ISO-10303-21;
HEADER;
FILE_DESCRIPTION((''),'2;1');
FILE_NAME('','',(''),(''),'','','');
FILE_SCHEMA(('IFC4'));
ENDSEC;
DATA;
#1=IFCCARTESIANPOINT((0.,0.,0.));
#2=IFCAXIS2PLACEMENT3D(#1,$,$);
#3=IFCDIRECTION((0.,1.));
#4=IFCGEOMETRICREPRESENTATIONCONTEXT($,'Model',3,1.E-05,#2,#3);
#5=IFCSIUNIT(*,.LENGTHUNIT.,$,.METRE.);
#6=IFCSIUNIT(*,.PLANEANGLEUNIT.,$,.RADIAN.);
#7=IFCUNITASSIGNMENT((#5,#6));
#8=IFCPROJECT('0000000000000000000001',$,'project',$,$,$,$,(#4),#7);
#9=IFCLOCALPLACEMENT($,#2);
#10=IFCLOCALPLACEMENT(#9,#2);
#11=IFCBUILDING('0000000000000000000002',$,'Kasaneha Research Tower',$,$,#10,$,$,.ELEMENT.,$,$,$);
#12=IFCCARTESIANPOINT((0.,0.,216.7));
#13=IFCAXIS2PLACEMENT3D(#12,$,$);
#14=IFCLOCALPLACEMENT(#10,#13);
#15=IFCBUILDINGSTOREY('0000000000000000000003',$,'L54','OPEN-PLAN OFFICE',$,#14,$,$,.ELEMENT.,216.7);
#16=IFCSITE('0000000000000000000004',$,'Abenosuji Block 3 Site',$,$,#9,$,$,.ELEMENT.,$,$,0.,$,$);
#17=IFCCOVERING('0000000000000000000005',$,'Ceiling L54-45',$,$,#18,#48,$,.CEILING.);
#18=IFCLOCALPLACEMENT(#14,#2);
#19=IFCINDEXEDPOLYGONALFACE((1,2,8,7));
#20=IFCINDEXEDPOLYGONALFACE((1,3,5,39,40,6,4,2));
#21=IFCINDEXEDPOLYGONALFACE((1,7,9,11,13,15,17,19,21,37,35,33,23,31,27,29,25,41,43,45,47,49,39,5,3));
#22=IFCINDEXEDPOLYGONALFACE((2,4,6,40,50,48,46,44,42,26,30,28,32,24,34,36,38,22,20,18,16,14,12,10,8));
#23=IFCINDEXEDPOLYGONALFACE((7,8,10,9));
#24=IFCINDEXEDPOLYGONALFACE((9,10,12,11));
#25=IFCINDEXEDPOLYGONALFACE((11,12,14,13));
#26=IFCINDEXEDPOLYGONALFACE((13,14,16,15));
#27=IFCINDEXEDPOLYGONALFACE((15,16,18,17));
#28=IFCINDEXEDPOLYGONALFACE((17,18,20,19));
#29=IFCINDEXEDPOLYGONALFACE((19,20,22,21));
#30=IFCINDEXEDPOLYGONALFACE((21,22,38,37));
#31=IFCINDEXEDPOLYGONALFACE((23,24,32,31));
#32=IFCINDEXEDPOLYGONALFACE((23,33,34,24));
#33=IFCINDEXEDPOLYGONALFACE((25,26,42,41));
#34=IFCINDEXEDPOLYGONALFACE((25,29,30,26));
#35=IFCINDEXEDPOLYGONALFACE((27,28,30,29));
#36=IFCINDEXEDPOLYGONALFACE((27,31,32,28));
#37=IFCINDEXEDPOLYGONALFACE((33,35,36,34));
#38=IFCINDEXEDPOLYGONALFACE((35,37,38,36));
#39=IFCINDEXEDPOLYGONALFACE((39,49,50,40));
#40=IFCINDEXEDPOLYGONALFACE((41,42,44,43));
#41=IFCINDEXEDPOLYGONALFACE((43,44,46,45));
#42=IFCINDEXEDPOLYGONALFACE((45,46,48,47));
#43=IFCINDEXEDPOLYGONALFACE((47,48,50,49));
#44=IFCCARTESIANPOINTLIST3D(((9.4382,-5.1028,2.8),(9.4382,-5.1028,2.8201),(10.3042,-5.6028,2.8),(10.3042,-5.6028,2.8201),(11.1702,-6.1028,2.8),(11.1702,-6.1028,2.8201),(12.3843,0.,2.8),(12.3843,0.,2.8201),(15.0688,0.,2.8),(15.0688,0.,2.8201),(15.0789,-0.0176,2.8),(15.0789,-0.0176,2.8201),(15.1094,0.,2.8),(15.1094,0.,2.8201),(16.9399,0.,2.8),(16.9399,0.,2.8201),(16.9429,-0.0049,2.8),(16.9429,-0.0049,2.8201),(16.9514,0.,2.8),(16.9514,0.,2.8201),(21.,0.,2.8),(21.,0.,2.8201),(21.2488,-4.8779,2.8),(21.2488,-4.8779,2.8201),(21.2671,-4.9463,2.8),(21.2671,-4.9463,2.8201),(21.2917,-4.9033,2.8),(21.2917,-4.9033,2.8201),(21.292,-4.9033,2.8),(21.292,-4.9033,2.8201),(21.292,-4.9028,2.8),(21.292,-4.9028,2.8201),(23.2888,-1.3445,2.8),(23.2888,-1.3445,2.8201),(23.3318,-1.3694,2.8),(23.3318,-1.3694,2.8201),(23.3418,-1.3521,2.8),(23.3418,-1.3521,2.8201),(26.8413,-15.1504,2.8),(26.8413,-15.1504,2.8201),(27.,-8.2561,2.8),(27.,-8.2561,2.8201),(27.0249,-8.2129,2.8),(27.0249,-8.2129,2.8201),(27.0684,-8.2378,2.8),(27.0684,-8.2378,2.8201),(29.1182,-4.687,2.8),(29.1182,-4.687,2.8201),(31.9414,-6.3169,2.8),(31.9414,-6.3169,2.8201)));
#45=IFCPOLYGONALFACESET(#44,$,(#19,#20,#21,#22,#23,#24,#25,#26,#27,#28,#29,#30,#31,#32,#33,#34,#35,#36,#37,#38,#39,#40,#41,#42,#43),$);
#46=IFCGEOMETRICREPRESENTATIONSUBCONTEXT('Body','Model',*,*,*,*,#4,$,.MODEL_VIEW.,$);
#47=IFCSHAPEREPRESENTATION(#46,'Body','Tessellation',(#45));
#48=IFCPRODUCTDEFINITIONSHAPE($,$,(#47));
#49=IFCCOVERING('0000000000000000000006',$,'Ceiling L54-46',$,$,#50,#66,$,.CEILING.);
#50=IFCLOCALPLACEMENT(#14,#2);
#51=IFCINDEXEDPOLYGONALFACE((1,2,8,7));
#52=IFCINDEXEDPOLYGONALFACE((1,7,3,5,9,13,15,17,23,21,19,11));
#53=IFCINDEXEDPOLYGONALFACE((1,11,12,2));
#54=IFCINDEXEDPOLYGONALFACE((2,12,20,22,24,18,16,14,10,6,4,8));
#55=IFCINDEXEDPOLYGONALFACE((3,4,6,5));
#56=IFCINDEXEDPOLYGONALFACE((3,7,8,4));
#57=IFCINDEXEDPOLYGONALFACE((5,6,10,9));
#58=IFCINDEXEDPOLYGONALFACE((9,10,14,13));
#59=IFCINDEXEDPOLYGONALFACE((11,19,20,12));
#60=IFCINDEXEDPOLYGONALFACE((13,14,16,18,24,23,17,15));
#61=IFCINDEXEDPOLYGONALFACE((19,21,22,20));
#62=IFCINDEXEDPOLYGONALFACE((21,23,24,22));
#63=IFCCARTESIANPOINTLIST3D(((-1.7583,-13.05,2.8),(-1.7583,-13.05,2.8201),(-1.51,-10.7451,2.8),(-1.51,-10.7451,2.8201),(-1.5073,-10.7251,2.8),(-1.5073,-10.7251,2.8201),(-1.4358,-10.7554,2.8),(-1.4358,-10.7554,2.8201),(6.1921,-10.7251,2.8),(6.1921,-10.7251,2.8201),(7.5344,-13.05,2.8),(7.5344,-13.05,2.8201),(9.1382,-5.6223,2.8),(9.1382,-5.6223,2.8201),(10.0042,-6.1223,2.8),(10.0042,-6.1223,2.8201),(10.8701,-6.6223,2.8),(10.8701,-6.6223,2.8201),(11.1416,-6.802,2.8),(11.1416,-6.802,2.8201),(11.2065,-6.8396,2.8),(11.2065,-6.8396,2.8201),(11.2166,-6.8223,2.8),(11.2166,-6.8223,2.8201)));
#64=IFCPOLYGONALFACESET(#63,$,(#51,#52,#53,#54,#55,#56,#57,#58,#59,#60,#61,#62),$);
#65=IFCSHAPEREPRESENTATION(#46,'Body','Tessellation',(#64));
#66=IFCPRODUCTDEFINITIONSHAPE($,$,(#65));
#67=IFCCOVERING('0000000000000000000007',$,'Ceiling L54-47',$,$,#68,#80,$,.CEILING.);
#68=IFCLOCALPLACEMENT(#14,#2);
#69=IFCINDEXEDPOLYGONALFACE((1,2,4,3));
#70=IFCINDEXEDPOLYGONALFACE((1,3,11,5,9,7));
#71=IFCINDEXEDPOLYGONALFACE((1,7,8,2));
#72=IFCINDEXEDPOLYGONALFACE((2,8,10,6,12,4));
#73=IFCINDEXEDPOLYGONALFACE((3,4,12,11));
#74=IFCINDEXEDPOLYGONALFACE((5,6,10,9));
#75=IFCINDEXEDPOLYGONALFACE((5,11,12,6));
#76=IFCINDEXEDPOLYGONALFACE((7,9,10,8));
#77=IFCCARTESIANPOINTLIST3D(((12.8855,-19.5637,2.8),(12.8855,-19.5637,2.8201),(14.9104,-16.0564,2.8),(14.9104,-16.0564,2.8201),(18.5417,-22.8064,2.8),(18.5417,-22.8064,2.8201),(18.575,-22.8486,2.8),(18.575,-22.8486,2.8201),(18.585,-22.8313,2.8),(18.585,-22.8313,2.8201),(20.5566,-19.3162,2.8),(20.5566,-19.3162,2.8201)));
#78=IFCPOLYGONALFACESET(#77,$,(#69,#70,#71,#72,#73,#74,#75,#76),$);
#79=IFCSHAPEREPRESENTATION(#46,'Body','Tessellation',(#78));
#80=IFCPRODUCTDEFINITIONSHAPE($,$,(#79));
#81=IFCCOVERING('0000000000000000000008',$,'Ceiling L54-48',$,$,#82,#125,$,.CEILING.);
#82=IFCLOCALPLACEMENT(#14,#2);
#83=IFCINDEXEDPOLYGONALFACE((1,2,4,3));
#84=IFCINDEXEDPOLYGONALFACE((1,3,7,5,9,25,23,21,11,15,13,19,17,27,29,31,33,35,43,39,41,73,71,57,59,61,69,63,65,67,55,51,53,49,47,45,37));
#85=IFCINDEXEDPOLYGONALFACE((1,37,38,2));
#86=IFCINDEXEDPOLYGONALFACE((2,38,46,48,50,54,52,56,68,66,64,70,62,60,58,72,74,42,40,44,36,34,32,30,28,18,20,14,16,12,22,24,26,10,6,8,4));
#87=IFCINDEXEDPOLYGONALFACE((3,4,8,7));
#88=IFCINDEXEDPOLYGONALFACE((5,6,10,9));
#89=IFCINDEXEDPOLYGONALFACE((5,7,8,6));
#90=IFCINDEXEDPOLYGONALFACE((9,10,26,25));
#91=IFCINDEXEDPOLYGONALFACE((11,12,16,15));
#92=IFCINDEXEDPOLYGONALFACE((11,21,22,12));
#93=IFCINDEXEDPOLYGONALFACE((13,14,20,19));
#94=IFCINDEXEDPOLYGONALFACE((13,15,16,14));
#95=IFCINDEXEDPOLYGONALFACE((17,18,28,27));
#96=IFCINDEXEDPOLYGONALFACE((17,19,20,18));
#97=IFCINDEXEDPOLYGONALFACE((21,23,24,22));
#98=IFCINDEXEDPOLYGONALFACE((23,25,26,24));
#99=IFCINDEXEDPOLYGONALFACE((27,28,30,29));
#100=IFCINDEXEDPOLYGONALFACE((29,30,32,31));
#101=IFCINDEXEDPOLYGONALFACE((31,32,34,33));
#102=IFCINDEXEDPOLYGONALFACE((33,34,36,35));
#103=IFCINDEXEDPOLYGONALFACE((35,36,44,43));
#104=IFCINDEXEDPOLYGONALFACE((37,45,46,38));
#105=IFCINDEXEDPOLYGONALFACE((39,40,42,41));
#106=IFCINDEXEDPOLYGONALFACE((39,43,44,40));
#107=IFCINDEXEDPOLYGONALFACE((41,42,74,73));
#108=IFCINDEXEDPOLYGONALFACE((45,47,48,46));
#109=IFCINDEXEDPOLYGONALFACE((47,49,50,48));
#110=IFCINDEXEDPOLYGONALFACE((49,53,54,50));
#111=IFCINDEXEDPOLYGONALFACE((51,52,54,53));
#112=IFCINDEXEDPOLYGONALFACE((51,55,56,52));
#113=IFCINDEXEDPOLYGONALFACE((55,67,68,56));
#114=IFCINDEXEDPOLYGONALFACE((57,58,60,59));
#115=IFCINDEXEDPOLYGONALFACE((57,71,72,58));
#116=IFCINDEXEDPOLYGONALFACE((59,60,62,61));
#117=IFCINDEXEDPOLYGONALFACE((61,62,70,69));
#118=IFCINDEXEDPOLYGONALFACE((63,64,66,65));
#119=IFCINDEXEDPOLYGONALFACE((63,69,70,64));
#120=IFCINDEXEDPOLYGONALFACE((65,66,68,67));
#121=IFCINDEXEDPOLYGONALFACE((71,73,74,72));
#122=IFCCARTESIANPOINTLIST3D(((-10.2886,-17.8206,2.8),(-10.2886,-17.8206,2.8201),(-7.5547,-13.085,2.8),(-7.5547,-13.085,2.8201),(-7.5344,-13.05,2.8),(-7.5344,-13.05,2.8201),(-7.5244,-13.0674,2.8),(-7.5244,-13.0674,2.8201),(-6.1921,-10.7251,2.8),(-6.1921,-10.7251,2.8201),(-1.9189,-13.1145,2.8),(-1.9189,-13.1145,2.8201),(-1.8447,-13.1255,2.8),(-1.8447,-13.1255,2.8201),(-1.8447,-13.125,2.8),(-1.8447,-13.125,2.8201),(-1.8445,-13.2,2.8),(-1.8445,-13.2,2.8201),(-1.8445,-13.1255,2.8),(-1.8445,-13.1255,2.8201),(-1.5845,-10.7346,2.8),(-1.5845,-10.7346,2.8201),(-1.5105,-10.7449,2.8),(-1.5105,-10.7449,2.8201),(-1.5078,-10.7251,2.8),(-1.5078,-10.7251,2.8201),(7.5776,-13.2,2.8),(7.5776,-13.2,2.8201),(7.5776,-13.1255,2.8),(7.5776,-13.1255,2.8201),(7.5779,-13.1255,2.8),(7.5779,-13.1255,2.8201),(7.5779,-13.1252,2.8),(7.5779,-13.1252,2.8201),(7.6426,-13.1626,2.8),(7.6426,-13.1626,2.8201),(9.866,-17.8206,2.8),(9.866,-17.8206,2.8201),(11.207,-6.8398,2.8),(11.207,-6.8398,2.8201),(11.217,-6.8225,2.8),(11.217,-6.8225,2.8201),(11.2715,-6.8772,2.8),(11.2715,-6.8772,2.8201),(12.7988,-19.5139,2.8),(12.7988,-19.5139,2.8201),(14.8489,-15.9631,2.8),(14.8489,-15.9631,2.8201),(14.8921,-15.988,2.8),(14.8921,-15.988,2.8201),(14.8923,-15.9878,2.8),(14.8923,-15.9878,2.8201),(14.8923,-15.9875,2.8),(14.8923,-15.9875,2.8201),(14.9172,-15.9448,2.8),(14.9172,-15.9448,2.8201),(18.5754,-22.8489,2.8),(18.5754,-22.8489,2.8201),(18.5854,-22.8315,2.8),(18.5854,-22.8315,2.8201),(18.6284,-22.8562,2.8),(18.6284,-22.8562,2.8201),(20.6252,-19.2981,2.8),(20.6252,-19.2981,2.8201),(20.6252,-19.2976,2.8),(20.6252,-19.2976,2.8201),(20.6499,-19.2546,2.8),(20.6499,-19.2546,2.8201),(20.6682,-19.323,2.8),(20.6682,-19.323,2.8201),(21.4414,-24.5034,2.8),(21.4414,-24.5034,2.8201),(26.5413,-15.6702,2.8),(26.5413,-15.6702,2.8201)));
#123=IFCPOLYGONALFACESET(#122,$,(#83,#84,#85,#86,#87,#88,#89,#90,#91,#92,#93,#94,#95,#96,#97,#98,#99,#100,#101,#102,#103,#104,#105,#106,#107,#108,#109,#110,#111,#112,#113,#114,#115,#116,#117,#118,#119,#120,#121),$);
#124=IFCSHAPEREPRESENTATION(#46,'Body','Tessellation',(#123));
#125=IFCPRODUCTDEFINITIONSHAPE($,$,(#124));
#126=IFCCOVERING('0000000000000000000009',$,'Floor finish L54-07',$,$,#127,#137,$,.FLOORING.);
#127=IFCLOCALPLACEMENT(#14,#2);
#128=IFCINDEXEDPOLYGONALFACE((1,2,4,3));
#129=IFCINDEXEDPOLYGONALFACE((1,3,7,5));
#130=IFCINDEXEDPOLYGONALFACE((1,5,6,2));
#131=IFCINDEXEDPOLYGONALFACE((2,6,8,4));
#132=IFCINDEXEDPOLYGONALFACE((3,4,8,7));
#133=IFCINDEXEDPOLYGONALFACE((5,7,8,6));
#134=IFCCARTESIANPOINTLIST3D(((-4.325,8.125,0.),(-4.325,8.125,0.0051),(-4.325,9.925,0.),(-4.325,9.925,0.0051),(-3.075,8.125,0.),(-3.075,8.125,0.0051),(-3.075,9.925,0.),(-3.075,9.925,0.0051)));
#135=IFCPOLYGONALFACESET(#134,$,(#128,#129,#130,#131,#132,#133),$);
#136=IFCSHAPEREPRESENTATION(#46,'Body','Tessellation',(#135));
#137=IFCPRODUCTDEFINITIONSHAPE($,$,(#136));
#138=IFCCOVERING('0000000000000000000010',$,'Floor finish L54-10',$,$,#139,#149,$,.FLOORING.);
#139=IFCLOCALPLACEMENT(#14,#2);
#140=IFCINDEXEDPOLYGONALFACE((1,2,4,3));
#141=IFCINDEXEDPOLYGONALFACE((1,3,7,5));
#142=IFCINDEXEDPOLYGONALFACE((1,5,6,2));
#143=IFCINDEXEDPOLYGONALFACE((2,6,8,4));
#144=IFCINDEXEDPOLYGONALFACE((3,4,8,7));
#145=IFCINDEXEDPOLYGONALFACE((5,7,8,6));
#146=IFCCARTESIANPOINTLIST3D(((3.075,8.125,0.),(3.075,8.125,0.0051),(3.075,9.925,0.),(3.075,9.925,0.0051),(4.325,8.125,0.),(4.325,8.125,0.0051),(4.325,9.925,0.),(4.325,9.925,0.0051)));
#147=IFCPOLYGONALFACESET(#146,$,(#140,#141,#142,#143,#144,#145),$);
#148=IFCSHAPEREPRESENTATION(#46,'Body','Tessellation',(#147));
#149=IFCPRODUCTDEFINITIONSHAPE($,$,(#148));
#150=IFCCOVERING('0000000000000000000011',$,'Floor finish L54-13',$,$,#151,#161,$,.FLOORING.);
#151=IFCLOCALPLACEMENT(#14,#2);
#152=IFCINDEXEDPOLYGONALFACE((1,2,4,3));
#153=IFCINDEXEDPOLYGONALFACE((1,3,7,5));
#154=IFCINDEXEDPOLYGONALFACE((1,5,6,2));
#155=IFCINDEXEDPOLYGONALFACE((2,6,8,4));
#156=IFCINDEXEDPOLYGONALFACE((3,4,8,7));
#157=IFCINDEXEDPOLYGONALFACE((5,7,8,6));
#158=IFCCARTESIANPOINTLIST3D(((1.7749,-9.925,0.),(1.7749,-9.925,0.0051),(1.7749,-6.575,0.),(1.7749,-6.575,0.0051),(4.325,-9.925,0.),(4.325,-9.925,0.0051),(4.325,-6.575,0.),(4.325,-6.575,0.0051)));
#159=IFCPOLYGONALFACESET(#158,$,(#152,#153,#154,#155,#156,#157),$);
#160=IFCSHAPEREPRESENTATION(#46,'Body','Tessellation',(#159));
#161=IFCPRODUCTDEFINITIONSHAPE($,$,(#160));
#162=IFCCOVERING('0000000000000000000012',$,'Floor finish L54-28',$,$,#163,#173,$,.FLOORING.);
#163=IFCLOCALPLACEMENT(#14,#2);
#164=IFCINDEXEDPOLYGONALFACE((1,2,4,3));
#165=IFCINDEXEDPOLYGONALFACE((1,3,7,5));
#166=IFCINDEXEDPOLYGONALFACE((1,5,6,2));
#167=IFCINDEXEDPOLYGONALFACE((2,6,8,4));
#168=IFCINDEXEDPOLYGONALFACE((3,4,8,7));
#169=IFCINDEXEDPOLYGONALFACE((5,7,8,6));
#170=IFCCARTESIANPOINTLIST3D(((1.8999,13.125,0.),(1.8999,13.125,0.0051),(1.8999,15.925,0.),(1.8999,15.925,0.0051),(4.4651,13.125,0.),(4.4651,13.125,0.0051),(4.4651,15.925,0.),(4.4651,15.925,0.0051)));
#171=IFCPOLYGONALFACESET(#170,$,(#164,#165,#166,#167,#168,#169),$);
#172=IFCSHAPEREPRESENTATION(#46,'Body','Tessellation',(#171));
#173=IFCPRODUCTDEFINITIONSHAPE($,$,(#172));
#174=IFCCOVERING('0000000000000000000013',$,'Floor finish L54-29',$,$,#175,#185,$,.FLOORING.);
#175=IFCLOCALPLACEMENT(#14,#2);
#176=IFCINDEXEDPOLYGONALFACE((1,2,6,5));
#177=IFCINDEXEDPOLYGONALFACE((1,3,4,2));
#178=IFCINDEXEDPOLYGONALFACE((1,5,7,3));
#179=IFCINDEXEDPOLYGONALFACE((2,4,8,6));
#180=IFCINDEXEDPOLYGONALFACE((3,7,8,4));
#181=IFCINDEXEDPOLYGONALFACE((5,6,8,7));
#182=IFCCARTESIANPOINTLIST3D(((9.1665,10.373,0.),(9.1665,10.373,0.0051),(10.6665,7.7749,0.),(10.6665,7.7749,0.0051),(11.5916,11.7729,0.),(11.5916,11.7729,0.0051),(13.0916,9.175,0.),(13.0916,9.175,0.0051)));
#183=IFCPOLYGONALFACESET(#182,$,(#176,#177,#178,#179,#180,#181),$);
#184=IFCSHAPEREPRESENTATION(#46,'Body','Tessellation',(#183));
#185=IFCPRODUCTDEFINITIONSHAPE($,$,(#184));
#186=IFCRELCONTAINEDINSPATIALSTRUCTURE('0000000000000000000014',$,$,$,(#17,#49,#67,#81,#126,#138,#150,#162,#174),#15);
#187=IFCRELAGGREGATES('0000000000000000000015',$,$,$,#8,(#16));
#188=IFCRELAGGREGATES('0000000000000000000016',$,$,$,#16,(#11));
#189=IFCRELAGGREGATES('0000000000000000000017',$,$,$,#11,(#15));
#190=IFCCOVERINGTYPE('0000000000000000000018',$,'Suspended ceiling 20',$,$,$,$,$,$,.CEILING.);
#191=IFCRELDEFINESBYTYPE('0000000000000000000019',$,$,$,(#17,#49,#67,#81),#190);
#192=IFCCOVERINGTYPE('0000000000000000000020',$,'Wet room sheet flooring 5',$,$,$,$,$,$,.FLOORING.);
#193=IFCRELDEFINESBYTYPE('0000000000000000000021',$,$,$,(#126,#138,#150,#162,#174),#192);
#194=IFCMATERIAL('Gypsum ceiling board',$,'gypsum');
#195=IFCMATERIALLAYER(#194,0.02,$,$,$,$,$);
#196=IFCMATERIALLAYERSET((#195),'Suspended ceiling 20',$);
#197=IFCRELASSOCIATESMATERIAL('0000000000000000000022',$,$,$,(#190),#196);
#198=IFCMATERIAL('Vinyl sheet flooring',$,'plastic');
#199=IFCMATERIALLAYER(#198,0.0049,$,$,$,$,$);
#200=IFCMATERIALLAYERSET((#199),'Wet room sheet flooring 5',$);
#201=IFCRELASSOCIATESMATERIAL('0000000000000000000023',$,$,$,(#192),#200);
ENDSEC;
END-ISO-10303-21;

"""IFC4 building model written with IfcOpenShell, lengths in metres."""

from ifc_helpers import new_model, si_unit, direction, frame, origin, place, context, subcontext, project, spatial, polyline, outline, extrude, material, layer, layer_set, type_object, element, save


model = new_model("IFC4")

# Units and contexts
model_context = context("Model", 3, precision=1e-05, world=origin(), true_north=direction((0.0, 1.0)))
body_context = subcontext(model_context, "Body", "Model", "MODEL_VIEW")
ifc_project = project(units=[si_unit("LENGTHUNIT", "METRE"), si_unit("PLANEANGLEUNIT", "RADIAN")], contexts=[model_context])

# Site, building, storey
site_placement = place(None, origin())
site = spatial("IfcSite", under=ifc_project, at=site_placement, Name="Abenosuji Block 3 Site", CompositionType="ELEMENT", RefElevation=0.0)
building_placement = place(site_placement, origin())
building = spatial("IfcBuilding", under=site, at=building_placement, Name="Kasaneha Research Tower", CompositionType="ELEMENT")
storey_placement = place(building_placement, frame((0.0, 0.0, 216.7)))
storey = spatial("IfcBuildingStorey", under=building, at=storey_placement, Name="L54", Description="OPEN-PLAN OFFICE", CompositionType="ELEMENT", Elevation=216.7)

# Coverings
ifc_material_1 = material(Name="Gypsum ceiling board", Category="gypsum")
ifc_layer_1 = layer(ifc_material_1, 0.02)
ifc_layer_set_1 = layer_set([ifc_layer_1], Name="Suspended ceiling 20")
covering_type_1 = type_object("IfcCoveringType", Name="Suspended ceiling 20", PredefinedType="CEILING", material=ifc_layer_set_1)
covering_1_placement = place(storey_placement, frame((0.0, 0.0, 2.8)))
element("IfcCovering", 1, at=covering_1_placement, inside=storey, type_object=covering_type_1, Name="Ceiling L54-45", PredefinedType="CEILING", context=body_context, shape_type="SweptSolid", body=[
    extrude(outline(polyline([(10.3042, -5.6028), (10.3042, -5.6028), (9.4382, -5.1028), (12.3843, 0.0), (15.0688, 0.0), (15.0789, -0.0176), (15.1094, 0.0), (16.9399, 0.0), (16.9429, -0.0049), (16.9514, 0.0), (21.0, 0.0), (23.3418, -1.3521), (23.3318, -1.3694), (23.2888, -1.3445), (21.2488, -4.8779), (21.292, -4.9028), (21.2917, -4.9033), (21.292, -4.9033), (21.2671, -4.9463), (27.0, -8.2561), (27.0249, -8.2129), (27.0684, -8.2378), (29.1182, -4.687), (31.9414, -6.3169), (26.8413, -15.1504), (11.1702, -6.1028), (11.1702, -6.1028), (10.3042, -5.6028)])), origin(), (0.0, 0.0, 1.0), 0.02),
])
covering_2_placement = place(storey_placement, frame((0.0, 0.0, 2.8)))
element("IfcCovering", 2, at=covering_2_placement, inside=storey, type_object=covering_type_1, Name="Ceiling L54-46", PredefinedType="CEILING", context=body_context, shape_type="SweptSolid", body=[
    extrude(outline(polyline([(9.1382, -5.6223), (10.0042, -6.1223), (10.0042, -6.1223), (10.8701, -6.6223), (10.8701, -6.6223), (11.2166, -6.8223), (11.2065, -6.8396), (11.1416, -6.802), (7.5344, -13.05), (-1.7583, -13.05), (-1.4358, -10.7554), (-1.51, -10.7451), (-1.5073, -10.7251), (6.1921, -10.7251), (9.1382, -5.6223)])), origin(), (0.0, 0.0, 1.0), 0.02),
])
covering_3_placement = place(storey_placement, frame((0.0, 0.0, 2.8)))
element("IfcCovering", 3, at=covering_3_placement, inside=storey, type_object=covering_type_1, Name="Ceiling L54-47", PredefinedType="CEILING", context=body_context, shape_type="SweptSolid", body=[
    extrude(outline(polyline([(12.8855, -19.5637), (14.9104, -16.0564), (20.5566, -19.3162), (18.5417, -22.8064), (18.585, -22.8313), (18.575, -22.8486), (12.8855, -19.5637)])), origin(), (0.0, 0.0, 1.0), 0.02),
])
covering_4_placement = place(storey_placement, frame((0.0, 0.0, 2.8)))
element("IfcCovering", 4, at=covering_4_placement, inside=storey, type_object=covering_type_1, Name="Ceiling L54-48", PredefinedType="CEILING", context=body_context, shape_type="SweptSolid", body=[
    extrude(outline(polyline([(-1.5078, -10.7251), (-1.5105, -10.7449), (-1.5845, -10.7346), (-1.9189, -13.1145), (-1.8447, -13.125), (-1.8447, -13.1255), (-1.8445, -13.1255), (-1.8445, -13.2), (7.5776, -13.2), (7.5776, -13.1255), (7.5779, -13.1255), (7.5779, -13.1252), (7.6426, -13.1626), (11.2715, -6.8772), (11.207, -6.8398), (11.217, -6.8225), (26.5413, -15.6702), (21.4414, -24.5034), (18.5754, -22.8489), (18.5854, -22.8315), (18.6284, -22.8562), (20.6682, -19.323), (20.6252, -19.2981), (20.6252, -19.2976), (20.6252, -19.2976), (20.6499, -19.2546), (14.9172, -15.9448), (14.8923, -15.9878), (14.8923, -15.9875), (14.8921, -15.988), (14.8489, -15.9631), (12.7988, -19.5139), (9.866, -17.8206), (-10.2886, -17.8206), (-7.5547, -13.085), (-7.5244, -13.0674), (-7.5344, -13.05), (-6.1921, -10.7251), (-1.5078, -10.7251)])), origin(), (0.0, 0.0, 1.0), 0.02),
])
ifc_material_2 = material(Name="Vinyl sheet flooring", Category="plastic")
ifc_layer_2 = layer(ifc_material_2, 0.0049)
ifc_layer_set_2 = layer_set([ifc_layer_2], Name="Wet room sheet flooring 5")
covering_type_2 = type_object("IfcCoveringType", Name="Wet room sheet flooring 5", PredefinedType="FLOORING", material=ifc_layer_set_2)
covering_5_placement = place(storey_placement, origin())
element("IfcCovering", 5, at=covering_5_placement, inside=storey, type_object=covering_type_2, Name="Floor finish L54-07", PredefinedType="FLOORING", context=body_context, shape_type="SweptSolid", body=[
    extrude(outline(polyline([(-4.325, 8.125), (-4.325, 9.925), (-3.075, 9.925), (-3.075, 8.125), (-4.325, 8.125)])), origin(), (0.0, 0.0, 1.0), 0.0051),
])
covering_6_placement = place(storey_placement, origin())
element("IfcCovering", 6, at=covering_6_placement, inside=storey, type_object=covering_type_2, Name="Floor finish L54-10", PredefinedType="FLOORING", context=body_context, shape_type="SweptSolid", body=[
    extrude(outline(polyline([(4.325, 8.125), (3.075, 8.125), (3.075, 9.925), (4.325, 9.925), (4.325, 8.125)])), origin(), (0.0, 0.0, 1.0), 0.0051),
])
covering_7_placement = place(storey_placement, origin())
element("IfcCovering", 7, at=covering_7_placement, inside=storey, type_object=covering_type_2, Name="Floor finish L54-13", PredefinedType="FLOORING", context=body_context, shape_type="SweptSolid", body=[
    extrude(outline(polyline([(1.7749, -9.925), (1.7749, -6.575), (4.325, -6.575), (4.325, -9.925), (1.7749, -9.925)])), origin(), (0.0, 0.0, 1.0), 0.0051),
])
covering_8_placement = place(storey_placement, origin())
element("IfcCovering", 8, at=covering_8_placement, inside=storey, type_object=covering_type_2, Name="Floor finish L54-28", PredefinedType="FLOORING", context=body_context, shape_type="SweptSolid", body=[
    extrude(outline(polyline([(1.8999, 15.925), (4.4651, 15.925), (4.4651, 13.125), (1.8999, 13.125), (1.8999, 15.925)])), origin(), (0.0, 0.0, 1.0), 0.0051),
])
covering_9_placement = place(storey_placement, origin())
element("IfcCovering", 9, at=covering_9_placement, inside=storey, type_object=covering_type_2, Name="Floor finish L54-29", PredefinedType="FLOORING", context=body_context, shape_type="SweptSolid", body=[
    extrude(outline(polyline([(11.5916, 11.7729), (13.0916, 9.175), (10.6665, 7.7749), (9.1665, 10.373), (11.5916, 11.7729)])), origin(), (0.0, 0.0, 1.0), 0.0051),
])

save(model, "model.ifc")
